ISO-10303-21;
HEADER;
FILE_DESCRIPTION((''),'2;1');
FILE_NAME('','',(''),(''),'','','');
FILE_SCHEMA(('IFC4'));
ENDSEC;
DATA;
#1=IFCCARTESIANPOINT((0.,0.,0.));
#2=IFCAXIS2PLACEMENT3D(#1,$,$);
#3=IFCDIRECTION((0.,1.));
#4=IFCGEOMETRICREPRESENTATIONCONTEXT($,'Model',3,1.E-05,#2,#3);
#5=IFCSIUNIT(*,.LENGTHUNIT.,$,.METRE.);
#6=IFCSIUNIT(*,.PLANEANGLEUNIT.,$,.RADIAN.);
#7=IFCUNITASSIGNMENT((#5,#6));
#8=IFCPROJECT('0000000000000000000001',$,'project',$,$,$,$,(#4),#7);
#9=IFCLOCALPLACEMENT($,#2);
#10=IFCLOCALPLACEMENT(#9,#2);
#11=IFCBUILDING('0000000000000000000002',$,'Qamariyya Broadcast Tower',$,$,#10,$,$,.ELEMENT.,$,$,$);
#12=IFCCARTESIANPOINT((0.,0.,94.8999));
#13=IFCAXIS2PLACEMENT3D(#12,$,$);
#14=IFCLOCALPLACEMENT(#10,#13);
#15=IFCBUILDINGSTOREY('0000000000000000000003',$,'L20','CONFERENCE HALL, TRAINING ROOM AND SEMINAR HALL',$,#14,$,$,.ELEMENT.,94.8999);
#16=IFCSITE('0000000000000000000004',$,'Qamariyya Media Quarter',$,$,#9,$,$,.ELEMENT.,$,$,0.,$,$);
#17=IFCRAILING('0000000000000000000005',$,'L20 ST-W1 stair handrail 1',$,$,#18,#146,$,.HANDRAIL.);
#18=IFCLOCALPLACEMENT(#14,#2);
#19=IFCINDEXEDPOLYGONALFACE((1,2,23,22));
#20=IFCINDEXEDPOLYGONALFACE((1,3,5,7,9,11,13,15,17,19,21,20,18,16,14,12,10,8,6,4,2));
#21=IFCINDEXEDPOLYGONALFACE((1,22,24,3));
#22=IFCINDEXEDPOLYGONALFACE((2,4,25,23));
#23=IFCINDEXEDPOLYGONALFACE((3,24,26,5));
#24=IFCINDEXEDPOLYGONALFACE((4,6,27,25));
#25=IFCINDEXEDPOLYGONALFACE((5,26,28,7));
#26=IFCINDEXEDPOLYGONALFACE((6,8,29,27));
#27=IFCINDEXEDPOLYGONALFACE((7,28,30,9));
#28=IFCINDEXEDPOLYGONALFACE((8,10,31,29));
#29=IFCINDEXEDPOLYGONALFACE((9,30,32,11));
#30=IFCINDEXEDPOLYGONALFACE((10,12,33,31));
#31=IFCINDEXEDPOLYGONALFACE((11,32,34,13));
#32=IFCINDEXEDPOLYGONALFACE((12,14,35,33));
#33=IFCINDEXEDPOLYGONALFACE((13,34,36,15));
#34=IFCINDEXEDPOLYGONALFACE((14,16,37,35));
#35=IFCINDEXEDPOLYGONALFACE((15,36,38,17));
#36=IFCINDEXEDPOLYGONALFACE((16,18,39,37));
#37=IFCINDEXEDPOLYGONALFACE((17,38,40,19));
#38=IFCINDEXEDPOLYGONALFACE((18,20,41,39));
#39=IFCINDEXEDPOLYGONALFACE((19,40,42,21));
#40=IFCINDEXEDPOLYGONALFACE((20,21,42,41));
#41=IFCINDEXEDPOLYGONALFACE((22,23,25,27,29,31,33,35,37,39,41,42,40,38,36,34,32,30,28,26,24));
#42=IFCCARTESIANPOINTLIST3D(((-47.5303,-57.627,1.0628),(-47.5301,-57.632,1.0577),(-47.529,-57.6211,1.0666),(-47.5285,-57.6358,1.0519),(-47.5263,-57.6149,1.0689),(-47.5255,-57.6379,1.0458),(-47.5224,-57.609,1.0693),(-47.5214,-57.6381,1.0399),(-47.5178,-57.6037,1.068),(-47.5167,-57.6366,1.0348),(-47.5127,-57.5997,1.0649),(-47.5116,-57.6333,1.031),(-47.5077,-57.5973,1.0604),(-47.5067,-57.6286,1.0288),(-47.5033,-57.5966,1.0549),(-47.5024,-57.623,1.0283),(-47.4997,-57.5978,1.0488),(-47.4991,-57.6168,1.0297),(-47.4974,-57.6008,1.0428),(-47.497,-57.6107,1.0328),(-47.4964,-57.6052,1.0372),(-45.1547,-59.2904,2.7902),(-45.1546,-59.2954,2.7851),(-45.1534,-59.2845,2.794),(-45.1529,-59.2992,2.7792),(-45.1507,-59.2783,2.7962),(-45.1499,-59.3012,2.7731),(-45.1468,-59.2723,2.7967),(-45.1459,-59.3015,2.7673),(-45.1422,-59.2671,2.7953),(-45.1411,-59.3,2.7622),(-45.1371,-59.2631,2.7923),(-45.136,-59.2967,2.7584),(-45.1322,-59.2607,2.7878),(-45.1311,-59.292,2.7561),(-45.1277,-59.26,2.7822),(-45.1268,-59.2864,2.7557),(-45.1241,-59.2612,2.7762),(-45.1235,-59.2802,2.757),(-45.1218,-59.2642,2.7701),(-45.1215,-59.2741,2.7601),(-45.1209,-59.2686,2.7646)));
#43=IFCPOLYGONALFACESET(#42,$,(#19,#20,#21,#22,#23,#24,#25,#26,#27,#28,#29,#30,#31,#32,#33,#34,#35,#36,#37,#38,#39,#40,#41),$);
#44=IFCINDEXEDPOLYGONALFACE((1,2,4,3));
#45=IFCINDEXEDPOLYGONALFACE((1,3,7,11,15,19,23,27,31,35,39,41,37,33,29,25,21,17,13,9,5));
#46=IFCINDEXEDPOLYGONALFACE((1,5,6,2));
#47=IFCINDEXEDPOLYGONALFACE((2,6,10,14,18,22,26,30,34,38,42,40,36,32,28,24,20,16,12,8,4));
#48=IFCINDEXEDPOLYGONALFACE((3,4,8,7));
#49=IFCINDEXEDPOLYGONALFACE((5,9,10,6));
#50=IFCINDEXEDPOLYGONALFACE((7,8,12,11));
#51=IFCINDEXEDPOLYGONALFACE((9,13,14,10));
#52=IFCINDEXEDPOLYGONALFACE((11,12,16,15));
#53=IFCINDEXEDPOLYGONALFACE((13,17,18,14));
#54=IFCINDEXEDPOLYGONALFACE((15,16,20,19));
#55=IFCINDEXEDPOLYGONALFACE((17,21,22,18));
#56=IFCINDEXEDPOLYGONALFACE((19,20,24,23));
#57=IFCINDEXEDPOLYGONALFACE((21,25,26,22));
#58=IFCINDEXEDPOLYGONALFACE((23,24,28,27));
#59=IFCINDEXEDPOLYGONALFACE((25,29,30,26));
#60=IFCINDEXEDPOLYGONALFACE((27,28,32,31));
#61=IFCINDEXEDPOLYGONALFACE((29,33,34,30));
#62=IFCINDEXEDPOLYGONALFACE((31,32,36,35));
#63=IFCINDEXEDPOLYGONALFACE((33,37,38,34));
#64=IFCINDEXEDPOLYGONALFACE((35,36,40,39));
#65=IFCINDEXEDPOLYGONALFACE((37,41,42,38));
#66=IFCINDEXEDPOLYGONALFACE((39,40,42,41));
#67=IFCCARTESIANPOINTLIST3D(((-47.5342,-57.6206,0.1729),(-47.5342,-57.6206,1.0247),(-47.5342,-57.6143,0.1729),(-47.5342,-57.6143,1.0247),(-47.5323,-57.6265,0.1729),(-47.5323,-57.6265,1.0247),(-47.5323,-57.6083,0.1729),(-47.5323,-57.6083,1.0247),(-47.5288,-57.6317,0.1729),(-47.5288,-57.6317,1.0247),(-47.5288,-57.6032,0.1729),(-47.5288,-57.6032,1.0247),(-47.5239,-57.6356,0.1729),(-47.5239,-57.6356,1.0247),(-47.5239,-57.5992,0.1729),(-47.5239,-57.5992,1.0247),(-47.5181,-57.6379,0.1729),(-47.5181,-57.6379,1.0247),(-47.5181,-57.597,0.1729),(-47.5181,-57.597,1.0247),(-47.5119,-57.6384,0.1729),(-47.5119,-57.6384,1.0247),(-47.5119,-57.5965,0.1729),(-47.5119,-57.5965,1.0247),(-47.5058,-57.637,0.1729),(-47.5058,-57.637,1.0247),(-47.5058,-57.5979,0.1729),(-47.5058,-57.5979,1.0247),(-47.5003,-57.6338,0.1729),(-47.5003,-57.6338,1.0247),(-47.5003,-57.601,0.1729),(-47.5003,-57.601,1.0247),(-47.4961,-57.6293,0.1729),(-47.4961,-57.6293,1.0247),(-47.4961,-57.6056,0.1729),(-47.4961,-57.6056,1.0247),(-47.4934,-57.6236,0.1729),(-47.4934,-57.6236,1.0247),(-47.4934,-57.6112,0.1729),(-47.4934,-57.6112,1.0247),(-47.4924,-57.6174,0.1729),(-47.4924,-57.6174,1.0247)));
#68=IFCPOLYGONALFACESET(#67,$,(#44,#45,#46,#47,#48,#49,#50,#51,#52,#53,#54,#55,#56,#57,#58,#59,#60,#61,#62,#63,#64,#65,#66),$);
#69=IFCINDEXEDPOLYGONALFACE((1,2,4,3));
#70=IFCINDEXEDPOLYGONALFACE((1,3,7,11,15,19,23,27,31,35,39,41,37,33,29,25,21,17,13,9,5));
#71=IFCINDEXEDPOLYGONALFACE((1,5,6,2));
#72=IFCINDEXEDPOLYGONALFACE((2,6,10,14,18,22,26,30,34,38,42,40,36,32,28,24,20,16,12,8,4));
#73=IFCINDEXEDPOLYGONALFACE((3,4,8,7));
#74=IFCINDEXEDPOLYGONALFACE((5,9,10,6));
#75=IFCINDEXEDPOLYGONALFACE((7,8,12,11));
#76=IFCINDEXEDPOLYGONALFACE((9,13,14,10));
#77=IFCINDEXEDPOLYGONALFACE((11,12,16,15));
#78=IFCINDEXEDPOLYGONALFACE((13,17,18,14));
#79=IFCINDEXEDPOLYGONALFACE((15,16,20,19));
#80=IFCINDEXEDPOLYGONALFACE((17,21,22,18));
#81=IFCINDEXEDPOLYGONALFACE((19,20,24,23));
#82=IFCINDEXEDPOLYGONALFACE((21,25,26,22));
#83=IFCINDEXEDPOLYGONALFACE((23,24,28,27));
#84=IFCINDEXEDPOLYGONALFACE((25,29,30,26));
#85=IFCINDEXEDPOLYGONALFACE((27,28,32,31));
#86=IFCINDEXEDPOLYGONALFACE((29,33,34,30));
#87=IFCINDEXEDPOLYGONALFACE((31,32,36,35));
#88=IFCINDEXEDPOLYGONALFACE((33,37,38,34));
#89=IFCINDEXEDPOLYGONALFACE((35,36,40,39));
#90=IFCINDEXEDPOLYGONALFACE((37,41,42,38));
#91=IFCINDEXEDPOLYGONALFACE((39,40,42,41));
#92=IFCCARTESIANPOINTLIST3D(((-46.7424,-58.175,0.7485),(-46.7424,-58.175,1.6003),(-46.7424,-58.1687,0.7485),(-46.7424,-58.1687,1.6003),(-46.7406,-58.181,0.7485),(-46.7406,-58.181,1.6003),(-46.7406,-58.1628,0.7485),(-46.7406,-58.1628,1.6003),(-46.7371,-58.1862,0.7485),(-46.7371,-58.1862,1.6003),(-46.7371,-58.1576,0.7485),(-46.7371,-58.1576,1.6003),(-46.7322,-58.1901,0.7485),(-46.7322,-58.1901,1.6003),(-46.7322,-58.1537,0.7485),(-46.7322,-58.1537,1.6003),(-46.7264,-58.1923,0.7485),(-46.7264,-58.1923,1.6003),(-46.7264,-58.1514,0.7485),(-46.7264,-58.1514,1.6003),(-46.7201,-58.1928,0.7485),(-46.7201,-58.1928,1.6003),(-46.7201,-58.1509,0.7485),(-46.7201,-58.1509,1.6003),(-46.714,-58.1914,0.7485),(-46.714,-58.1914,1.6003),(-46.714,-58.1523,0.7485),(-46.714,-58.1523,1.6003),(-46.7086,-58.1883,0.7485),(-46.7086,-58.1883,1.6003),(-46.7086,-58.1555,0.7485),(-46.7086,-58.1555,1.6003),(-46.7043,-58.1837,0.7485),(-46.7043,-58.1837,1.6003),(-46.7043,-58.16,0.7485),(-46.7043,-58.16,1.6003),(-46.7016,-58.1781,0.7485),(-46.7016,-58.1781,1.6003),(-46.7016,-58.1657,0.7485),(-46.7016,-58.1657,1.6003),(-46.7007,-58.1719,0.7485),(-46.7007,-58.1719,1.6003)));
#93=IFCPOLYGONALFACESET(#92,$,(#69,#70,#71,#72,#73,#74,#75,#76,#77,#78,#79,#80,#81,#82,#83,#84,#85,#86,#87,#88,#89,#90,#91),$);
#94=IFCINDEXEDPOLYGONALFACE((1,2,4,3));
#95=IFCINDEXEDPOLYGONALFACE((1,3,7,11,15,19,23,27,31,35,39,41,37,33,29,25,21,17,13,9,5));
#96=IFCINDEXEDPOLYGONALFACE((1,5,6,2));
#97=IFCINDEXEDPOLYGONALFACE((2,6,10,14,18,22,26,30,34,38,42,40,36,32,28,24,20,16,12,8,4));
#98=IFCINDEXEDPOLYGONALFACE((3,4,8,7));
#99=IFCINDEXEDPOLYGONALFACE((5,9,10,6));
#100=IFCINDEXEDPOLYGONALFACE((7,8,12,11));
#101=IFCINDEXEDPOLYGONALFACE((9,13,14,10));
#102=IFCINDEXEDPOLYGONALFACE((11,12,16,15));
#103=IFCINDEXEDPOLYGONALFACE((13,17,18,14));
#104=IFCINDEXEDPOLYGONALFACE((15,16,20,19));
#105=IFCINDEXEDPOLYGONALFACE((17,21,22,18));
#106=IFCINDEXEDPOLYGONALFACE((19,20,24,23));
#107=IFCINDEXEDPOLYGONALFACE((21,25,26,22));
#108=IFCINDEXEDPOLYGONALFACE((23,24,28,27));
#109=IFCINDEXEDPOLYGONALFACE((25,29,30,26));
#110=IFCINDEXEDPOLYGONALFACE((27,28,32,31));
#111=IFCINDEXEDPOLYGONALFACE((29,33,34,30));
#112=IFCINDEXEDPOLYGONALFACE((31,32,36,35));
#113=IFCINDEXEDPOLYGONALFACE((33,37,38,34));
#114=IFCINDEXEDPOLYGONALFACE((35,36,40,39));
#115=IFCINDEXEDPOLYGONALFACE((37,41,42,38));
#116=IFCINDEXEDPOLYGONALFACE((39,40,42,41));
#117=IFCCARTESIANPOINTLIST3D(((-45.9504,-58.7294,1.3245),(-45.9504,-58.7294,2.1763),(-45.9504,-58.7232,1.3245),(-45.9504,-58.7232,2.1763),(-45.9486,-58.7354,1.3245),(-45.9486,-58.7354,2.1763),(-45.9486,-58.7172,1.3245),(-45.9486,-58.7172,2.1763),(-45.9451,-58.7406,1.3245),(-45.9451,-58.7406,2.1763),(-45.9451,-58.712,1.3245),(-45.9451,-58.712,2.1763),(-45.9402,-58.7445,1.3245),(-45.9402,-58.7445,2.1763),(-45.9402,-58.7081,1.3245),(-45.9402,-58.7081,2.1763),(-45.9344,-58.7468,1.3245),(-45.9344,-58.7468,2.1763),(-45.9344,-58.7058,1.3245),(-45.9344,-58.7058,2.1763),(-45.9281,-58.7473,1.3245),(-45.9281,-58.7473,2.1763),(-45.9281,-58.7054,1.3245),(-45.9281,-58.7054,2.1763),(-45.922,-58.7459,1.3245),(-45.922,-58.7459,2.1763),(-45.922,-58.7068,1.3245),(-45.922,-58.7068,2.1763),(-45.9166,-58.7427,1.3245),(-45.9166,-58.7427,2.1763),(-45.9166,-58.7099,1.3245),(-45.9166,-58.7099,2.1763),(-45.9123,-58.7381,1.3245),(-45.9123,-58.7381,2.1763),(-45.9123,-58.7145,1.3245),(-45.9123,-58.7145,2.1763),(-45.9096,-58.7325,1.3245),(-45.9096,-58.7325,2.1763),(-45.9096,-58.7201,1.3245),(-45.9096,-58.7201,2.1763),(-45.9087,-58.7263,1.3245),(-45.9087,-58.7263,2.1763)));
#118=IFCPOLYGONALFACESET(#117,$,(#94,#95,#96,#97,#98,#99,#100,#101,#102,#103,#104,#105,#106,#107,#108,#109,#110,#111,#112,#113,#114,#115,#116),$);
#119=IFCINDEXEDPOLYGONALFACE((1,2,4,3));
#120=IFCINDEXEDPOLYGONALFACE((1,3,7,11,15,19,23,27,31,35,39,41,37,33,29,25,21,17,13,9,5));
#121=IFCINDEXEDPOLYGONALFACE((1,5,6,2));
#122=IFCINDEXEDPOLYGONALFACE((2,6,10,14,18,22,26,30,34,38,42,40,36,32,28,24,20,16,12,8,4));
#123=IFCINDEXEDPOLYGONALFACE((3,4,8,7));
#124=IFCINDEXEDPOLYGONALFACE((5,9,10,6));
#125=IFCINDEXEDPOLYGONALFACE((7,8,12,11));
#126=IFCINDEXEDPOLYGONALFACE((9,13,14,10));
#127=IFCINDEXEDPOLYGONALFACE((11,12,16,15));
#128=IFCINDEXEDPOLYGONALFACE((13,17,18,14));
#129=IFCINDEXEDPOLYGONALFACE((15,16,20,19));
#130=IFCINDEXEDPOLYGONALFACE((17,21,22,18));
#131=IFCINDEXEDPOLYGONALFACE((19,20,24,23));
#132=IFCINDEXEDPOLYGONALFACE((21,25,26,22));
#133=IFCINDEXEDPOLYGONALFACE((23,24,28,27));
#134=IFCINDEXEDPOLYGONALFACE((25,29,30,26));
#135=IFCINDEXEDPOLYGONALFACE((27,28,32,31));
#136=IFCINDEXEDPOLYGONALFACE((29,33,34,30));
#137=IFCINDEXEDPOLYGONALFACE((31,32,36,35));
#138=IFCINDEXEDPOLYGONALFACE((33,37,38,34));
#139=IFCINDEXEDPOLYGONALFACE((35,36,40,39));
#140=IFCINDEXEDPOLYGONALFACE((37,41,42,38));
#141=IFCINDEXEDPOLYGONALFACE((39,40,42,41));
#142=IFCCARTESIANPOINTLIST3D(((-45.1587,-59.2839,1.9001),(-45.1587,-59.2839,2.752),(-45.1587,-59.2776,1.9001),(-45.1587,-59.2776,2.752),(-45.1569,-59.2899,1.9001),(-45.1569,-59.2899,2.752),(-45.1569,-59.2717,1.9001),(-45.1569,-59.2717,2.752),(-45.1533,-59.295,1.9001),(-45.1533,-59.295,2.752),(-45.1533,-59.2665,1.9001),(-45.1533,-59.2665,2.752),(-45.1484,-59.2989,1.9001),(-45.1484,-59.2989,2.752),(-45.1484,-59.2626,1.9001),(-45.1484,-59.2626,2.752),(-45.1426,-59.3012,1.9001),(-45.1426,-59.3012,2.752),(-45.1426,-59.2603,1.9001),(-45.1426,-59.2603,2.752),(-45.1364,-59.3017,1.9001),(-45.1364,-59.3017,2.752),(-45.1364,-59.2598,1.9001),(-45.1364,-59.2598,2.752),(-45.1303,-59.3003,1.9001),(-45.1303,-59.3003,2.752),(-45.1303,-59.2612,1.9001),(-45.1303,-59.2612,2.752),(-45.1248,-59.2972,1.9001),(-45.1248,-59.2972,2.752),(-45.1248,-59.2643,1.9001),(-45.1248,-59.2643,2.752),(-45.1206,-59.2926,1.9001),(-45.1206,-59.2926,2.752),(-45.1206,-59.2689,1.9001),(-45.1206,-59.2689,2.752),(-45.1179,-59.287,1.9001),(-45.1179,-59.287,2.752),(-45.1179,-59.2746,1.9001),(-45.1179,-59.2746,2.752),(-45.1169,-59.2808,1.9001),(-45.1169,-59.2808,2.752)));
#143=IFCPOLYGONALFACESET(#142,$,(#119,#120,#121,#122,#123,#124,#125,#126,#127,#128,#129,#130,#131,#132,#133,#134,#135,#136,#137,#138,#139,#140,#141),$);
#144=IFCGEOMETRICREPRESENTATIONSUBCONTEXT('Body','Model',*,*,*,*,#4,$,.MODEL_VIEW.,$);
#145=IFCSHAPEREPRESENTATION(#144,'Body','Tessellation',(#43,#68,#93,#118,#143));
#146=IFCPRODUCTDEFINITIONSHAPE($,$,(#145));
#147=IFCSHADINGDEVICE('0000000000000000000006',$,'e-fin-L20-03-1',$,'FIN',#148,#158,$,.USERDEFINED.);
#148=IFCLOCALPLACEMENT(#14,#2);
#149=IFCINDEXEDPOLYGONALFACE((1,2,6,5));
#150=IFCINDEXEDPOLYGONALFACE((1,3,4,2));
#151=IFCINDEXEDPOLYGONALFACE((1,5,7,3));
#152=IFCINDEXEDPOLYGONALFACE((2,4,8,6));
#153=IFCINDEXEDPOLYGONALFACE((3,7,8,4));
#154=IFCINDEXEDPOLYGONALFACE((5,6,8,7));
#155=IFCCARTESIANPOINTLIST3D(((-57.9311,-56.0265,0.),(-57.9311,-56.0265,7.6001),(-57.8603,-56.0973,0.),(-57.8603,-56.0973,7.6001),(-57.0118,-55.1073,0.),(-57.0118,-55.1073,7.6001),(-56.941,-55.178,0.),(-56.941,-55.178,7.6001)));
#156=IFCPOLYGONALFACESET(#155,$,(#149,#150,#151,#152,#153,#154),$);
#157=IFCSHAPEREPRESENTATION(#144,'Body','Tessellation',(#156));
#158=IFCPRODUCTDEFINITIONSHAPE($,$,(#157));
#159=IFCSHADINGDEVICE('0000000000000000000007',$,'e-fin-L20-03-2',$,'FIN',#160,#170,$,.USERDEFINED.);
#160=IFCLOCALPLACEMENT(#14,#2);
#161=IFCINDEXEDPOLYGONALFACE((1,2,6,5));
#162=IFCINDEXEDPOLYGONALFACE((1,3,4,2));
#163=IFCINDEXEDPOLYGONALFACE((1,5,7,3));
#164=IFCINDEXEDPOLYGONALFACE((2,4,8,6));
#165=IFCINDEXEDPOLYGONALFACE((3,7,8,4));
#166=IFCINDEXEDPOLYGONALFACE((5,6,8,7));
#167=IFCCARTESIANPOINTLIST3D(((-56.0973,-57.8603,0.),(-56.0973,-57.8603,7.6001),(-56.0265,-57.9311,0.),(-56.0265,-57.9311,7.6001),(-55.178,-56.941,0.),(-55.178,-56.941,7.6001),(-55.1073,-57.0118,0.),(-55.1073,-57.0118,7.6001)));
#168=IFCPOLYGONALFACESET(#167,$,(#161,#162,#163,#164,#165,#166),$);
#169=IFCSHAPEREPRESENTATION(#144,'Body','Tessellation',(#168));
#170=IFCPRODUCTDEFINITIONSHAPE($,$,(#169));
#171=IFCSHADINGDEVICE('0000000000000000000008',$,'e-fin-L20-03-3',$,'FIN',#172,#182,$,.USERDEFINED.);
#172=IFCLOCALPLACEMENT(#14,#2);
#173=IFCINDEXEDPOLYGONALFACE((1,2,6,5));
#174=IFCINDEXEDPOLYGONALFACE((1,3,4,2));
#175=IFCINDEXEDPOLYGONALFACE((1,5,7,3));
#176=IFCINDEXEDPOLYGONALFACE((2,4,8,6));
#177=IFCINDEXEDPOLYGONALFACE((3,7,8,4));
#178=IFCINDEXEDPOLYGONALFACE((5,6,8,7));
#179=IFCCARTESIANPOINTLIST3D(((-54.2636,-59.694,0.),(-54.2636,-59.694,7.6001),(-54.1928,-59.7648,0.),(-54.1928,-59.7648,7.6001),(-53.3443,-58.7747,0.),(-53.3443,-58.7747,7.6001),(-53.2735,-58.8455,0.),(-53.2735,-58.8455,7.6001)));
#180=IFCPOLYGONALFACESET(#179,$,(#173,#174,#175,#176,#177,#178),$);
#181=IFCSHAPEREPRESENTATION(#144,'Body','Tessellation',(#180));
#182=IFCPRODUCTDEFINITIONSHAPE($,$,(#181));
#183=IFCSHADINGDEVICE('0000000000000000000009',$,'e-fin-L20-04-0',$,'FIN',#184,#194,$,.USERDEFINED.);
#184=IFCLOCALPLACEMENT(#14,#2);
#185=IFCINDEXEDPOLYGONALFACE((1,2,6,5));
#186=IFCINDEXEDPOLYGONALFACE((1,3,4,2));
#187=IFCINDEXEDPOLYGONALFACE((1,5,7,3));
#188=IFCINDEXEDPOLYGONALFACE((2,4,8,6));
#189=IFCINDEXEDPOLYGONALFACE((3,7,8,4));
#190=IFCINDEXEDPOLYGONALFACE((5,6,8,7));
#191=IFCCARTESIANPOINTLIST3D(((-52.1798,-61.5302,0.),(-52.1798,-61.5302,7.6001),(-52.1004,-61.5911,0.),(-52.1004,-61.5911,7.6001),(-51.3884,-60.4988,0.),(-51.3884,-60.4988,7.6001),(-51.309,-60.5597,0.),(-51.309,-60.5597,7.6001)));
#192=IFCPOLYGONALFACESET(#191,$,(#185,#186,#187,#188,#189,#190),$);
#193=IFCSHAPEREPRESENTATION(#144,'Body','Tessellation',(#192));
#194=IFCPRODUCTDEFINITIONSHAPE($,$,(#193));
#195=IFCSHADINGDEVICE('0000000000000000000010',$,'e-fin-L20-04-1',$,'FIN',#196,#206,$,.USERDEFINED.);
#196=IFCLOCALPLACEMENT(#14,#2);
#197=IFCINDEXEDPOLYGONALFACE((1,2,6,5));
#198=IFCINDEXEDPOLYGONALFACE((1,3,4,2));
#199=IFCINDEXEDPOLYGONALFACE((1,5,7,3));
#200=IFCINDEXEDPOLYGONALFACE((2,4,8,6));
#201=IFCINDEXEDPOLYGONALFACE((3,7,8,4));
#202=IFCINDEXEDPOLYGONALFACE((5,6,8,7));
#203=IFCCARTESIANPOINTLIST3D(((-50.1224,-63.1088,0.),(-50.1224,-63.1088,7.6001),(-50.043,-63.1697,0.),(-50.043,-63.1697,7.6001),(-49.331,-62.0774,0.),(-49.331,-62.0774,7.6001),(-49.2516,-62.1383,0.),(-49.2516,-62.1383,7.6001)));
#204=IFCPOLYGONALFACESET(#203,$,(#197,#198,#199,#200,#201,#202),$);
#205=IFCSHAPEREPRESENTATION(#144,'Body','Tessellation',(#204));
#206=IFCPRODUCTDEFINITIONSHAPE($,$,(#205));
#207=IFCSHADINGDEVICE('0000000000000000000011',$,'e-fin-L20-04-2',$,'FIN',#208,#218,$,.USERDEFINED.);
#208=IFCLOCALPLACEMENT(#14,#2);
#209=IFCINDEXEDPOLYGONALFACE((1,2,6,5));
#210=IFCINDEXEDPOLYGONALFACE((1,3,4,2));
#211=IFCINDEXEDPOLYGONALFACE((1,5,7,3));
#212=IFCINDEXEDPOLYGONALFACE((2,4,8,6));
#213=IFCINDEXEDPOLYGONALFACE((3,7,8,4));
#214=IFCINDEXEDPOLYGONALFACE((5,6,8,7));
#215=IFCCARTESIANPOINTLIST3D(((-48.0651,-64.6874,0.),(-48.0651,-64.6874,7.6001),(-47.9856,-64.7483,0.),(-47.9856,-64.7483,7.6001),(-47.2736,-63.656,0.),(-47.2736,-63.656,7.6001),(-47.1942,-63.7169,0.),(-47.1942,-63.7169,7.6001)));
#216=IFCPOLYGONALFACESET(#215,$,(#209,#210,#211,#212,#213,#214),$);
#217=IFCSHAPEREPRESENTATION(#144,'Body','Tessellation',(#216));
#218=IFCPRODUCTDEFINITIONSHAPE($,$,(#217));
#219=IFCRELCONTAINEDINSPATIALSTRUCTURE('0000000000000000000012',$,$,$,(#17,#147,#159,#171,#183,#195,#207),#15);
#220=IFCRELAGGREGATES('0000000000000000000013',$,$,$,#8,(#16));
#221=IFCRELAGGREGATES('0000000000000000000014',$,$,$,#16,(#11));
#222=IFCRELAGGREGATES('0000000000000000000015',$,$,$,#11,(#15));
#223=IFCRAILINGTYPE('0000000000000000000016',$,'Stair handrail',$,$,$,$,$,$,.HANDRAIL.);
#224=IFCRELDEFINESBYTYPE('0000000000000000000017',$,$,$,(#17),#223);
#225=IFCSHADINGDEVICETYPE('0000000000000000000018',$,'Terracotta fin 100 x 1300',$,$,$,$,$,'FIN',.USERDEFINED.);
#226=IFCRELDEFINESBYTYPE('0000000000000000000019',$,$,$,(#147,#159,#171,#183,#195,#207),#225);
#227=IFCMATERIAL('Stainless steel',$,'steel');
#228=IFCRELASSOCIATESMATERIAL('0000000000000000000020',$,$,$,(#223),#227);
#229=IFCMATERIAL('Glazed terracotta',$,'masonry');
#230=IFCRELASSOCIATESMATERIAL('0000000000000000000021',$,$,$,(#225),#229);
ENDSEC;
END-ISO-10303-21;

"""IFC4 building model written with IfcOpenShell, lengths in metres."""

from ifc_helpers import new_model, si_unit, direction, frame, origin, origin_2d, place, context, subcontext, project, spatial, rectangle, circle, extrude, material, material_profile, profile_set, type_object, element, save


model = new_model("IFC4")

# Units and contexts
model_context = context("Model", 3, precision=1e-05, world=origin(), true_north=direction((0.0, 1.0)))
body_context = subcontext(model_context, "Body", "Model", "MODEL_VIEW")
ifc_project = project(units=[si_unit("LENGTHUNIT", "METRE"), si_unit("PLANEANGLEUNIT", "RADIAN")], contexts=[model_context])

# Site, building, storey
site_placement = place(None, origin())
site = spatial("IfcSite", under=ifc_project, at=site_placement, Name="Qamariyya Media Quarter", CompositionType="ELEMENT", RefElevation=0.0)
building_placement = place(site_placement, origin())
building = spatial("IfcBuilding", under=site, at=building_placement, Name="Qamariyya Broadcast Tower", CompositionType="ELEMENT")
storey_placement = place(building_placement, frame((0.0, 0.0, 94.8999)))
storey = spatial("IfcBuildingStorey", under=building, at=storey_placement, Name="L20", Description="CONFERENCE HALL, TRAINING ROOM AND SEMINAR HALL", CompositionType="ELEMENT", Elevation=94.8999)

# Railing
ifc_material_1 = material(Name="Stainless steel", Category="steel")
railing_type_1 = type_object("IfcRailingType", Name="Stair handrail", PredefinedType="HANDRAIL", material=ifc_material_1)
railing_1_placement = place(storey_placement, frame((-47.5134, -57.6174, 0.1729)))
element("IfcRailing", 1, at=railing_1_placement, inside=storey, type_object=railing_type_1, Name="L20 ST-W1 stair handrail 1", PredefinedType="HANDRAIL", context=body_context, shape_type="SweptSolid", body=[
    extrude(circle(Radius=0.0239, at=origin_2d()), frame((0.0, 0.0, 0.876), z_axis=(0.70377, -0.492784, 0.511734), x_axis=(0.573575, 0.819153, 0.0)), (0.0, 0.0, 1.0), 3.3755),
    extrude(circle(Radius=0.021, at=origin_2d()), origin(), (0.0, 0.0, 1.0), 0.8518),
    extrude(circle(Radius=0.021, at=origin_2d()), frame((0.7917, -0.5544, 0.5757)), (0.0, 0.0, 1.0), 0.8518),
    extrude(circle(Radius=0.021, at=origin_2d()), frame((1.5837, -1.1089, 1.1516)), (0.0, 0.0, 1.0), 0.8518),
    extrude(circle(Radius=0.021, at=origin_2d()), frame((2.3755, -1.6633, 1.7273)), (0.0, 0.0, 1.0), 0.8518),
])

# Shading devices
ifc_material_2 = material(Name="Glazed terracotta", Category="masonry")
ifc_material_profile_1 = material_profile(ifc_material_2, rectangle(XDim=1.3, YDim=0.1001, at=origin_2d()))
ifc_profile_set_1 = profile_set([ifc_material_profile_1], Name="Glazed terracotta")
shading_device_type_1 = type_object("IfcShadingDeviceType", Name="Terracotta fin 100 x 1300", ElementType="FIN", PredefinedType="USERDEFINED", material=ifc_profile_set_1)
for number, where, z_axis, x_axis, name in (
    (2, (-57.436, -55.6023, 0.0), (0.0, 0.0, 1.0), (-0.707107, -0.707107, 0.0), "e-fin-L20-03-1"),
    (3, (-55.6023, -57.436, 0.0), (0.0, 0.0, 1.0), (-0.707107, -0.707107, 0.0), "e-fin-L20-03-2"),
    (4, (-53.7686, -59.2698, 0.0), (0.0, 0.0, 1.0), (-0.707107, -0.707107, 0.0), "e-fin-L20-03-3"),
    (5, (-51.7444, -61.0449, 0.0), (0.0, 0.0, 1.0), (-0.608761, -0.793353, 0.0), "e-fin-L20-04-0"),
    (6, (-49.687, -62.6235, 0.0), (0.0, 0.0, 1.0), (-0.608761, -0.793353, 0.0), "e-fin-L20-04-1"),
    (7, (-47.6296, -64.2021, 0.0), (0.0, 0.0, 1.0), (-0.608761, -0.793353, 0.0), "e-fin-L20-04-2"),
):
    element("IfcShadingDevice", number, at=place(storey_placement, frame(where, z_axis=z_axis, x_axis=x_axis)), inside=storey, type_object=shading_device_type_1, Name=name, ObjectType="FIN", PredefinedType="USERDEFINED", context=body_context, shape_type="SweptSolid", body=[
        extrude(rectangle(XDim=1.3, YDim=0.1001, at=origin_2d()), origin(), (0.0, 0.0, 1.0), 7.6001),
    ])

save(model, "model.ifc")
